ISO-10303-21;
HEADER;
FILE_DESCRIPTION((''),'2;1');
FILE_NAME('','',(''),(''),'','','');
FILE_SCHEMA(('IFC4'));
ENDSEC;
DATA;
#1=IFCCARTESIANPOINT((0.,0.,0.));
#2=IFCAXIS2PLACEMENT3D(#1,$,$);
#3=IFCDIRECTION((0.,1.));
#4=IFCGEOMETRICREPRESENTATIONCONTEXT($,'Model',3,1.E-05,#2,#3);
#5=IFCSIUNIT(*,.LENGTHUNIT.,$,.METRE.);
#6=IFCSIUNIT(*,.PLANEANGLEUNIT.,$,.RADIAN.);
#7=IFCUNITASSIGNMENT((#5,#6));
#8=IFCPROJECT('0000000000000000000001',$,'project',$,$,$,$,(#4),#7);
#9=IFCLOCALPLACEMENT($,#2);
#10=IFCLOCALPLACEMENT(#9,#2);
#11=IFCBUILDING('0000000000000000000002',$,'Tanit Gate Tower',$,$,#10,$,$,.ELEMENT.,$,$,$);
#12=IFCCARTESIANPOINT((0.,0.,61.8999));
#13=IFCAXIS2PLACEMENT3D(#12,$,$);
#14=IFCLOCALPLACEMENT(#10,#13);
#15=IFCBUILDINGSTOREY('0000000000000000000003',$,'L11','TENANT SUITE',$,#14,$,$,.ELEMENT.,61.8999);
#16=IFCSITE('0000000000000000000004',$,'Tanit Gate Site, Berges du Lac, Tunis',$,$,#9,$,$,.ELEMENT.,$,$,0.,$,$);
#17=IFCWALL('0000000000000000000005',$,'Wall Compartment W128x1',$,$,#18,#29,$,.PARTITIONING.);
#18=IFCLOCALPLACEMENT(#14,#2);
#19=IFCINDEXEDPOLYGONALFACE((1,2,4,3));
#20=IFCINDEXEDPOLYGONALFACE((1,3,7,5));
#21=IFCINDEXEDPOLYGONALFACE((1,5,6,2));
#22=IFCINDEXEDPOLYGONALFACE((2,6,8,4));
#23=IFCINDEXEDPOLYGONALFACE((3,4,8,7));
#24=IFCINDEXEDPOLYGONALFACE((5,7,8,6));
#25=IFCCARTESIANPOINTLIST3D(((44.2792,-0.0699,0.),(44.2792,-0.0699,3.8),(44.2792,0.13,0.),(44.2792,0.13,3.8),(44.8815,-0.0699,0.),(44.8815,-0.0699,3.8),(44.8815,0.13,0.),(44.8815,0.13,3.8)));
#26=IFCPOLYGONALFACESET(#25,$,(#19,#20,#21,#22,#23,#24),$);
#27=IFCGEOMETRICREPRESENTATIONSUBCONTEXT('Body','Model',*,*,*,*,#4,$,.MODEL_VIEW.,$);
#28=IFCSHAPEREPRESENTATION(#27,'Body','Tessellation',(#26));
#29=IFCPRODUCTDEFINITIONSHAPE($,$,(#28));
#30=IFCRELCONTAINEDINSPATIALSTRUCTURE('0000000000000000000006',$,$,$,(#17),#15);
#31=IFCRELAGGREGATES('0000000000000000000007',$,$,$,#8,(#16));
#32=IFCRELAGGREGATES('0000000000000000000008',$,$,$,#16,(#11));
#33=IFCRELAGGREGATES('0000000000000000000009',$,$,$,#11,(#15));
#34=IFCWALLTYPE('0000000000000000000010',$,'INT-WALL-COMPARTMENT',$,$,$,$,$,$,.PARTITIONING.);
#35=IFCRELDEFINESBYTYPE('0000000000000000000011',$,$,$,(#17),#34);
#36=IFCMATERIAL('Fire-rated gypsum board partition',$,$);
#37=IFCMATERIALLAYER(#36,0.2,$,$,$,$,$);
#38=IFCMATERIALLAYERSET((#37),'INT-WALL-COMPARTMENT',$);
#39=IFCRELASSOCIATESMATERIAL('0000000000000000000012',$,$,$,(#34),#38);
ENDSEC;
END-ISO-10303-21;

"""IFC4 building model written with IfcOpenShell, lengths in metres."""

from ifc_helpers import new_model, si_unit, direction, frame, frame_2d, origin, place, context, subcontext, project, spatial, rectangle, extrude, material, layer, layer_set, type_object, element, save


model = new_model("IFC4")

# Units and contexts
model_context = context("Model", 3, precision=1e-05, world=origin(), true_north=direction((0.0, 1.0)))
body_context = subcontext(model_context, "Body", "Model", "MODEL_VIEW")
ifc_project = project(units=[si_unit("LENGTHUNIT", "METRE"), si_unit("PLANEANGLEUNIT", "RADIAN")], contexts=[model_context])

# Site, building, storey
site_placement = place(None, origin())
site = spatial("IfcSite", under=ifc_project, at=site_placement, Name="Tanit Gate Site, Berges du Lac, Tunis", CompositionType="ELEMENT", RefElevation=0.0)
building_placement = place(site_placement, origin())
building = spatial("IfcBuilding", under=site, at=building_placement, Name="Tanit Gate Tower", CompositionType="ELEMENT")
storey_placement = place(building_placement, frame((0.0, 0.0, 61.8999)))
storey = spatial("IfcBuildingStorey", under=building, at=storey_placement, Name="L11", Description="TENANT SUITE", CompositionType="ELEMENT", Elevation=61.8999)

# Wall
ifc_material_1 = material(Name="Fire-rated gypsum board partition")
ifc_layer_1 = layer(ifc_material_1, 0.2)
ifc_layer_set_1 = layer_set([ifc_layer_1], Name="INT-WALL-COMPARTMENT")
wall_type_1 = type_object("IfcWallType", Name="INT-WALL-COMPARTMENT", PredefinedType="PARTITIONING", material=ifc_layer_set_1)
wall_1_placement = place(storey_placement, frame((44.2791, 0.03, 0.0), z_axis=(0.0, 0.0, 1.0), x_axis=(1.0, 0.0, 0.0)))
element("IfcWall", 1, at=wall_1_placement, inside=storey, type_object=wall_type_1, Name="Wall Compartment W128x1", PredefinedType="PARTITIONING", context=body_context, shape_type="SweptSolid", body=[
    extrude(rectangle(XDim=0.6023, YDim=0.2, at=frame_2d((0.3013, 0.0))), origin(), (0.0, 0.0, 1.0), 3.8),
])

save(model, "model.ifc")
